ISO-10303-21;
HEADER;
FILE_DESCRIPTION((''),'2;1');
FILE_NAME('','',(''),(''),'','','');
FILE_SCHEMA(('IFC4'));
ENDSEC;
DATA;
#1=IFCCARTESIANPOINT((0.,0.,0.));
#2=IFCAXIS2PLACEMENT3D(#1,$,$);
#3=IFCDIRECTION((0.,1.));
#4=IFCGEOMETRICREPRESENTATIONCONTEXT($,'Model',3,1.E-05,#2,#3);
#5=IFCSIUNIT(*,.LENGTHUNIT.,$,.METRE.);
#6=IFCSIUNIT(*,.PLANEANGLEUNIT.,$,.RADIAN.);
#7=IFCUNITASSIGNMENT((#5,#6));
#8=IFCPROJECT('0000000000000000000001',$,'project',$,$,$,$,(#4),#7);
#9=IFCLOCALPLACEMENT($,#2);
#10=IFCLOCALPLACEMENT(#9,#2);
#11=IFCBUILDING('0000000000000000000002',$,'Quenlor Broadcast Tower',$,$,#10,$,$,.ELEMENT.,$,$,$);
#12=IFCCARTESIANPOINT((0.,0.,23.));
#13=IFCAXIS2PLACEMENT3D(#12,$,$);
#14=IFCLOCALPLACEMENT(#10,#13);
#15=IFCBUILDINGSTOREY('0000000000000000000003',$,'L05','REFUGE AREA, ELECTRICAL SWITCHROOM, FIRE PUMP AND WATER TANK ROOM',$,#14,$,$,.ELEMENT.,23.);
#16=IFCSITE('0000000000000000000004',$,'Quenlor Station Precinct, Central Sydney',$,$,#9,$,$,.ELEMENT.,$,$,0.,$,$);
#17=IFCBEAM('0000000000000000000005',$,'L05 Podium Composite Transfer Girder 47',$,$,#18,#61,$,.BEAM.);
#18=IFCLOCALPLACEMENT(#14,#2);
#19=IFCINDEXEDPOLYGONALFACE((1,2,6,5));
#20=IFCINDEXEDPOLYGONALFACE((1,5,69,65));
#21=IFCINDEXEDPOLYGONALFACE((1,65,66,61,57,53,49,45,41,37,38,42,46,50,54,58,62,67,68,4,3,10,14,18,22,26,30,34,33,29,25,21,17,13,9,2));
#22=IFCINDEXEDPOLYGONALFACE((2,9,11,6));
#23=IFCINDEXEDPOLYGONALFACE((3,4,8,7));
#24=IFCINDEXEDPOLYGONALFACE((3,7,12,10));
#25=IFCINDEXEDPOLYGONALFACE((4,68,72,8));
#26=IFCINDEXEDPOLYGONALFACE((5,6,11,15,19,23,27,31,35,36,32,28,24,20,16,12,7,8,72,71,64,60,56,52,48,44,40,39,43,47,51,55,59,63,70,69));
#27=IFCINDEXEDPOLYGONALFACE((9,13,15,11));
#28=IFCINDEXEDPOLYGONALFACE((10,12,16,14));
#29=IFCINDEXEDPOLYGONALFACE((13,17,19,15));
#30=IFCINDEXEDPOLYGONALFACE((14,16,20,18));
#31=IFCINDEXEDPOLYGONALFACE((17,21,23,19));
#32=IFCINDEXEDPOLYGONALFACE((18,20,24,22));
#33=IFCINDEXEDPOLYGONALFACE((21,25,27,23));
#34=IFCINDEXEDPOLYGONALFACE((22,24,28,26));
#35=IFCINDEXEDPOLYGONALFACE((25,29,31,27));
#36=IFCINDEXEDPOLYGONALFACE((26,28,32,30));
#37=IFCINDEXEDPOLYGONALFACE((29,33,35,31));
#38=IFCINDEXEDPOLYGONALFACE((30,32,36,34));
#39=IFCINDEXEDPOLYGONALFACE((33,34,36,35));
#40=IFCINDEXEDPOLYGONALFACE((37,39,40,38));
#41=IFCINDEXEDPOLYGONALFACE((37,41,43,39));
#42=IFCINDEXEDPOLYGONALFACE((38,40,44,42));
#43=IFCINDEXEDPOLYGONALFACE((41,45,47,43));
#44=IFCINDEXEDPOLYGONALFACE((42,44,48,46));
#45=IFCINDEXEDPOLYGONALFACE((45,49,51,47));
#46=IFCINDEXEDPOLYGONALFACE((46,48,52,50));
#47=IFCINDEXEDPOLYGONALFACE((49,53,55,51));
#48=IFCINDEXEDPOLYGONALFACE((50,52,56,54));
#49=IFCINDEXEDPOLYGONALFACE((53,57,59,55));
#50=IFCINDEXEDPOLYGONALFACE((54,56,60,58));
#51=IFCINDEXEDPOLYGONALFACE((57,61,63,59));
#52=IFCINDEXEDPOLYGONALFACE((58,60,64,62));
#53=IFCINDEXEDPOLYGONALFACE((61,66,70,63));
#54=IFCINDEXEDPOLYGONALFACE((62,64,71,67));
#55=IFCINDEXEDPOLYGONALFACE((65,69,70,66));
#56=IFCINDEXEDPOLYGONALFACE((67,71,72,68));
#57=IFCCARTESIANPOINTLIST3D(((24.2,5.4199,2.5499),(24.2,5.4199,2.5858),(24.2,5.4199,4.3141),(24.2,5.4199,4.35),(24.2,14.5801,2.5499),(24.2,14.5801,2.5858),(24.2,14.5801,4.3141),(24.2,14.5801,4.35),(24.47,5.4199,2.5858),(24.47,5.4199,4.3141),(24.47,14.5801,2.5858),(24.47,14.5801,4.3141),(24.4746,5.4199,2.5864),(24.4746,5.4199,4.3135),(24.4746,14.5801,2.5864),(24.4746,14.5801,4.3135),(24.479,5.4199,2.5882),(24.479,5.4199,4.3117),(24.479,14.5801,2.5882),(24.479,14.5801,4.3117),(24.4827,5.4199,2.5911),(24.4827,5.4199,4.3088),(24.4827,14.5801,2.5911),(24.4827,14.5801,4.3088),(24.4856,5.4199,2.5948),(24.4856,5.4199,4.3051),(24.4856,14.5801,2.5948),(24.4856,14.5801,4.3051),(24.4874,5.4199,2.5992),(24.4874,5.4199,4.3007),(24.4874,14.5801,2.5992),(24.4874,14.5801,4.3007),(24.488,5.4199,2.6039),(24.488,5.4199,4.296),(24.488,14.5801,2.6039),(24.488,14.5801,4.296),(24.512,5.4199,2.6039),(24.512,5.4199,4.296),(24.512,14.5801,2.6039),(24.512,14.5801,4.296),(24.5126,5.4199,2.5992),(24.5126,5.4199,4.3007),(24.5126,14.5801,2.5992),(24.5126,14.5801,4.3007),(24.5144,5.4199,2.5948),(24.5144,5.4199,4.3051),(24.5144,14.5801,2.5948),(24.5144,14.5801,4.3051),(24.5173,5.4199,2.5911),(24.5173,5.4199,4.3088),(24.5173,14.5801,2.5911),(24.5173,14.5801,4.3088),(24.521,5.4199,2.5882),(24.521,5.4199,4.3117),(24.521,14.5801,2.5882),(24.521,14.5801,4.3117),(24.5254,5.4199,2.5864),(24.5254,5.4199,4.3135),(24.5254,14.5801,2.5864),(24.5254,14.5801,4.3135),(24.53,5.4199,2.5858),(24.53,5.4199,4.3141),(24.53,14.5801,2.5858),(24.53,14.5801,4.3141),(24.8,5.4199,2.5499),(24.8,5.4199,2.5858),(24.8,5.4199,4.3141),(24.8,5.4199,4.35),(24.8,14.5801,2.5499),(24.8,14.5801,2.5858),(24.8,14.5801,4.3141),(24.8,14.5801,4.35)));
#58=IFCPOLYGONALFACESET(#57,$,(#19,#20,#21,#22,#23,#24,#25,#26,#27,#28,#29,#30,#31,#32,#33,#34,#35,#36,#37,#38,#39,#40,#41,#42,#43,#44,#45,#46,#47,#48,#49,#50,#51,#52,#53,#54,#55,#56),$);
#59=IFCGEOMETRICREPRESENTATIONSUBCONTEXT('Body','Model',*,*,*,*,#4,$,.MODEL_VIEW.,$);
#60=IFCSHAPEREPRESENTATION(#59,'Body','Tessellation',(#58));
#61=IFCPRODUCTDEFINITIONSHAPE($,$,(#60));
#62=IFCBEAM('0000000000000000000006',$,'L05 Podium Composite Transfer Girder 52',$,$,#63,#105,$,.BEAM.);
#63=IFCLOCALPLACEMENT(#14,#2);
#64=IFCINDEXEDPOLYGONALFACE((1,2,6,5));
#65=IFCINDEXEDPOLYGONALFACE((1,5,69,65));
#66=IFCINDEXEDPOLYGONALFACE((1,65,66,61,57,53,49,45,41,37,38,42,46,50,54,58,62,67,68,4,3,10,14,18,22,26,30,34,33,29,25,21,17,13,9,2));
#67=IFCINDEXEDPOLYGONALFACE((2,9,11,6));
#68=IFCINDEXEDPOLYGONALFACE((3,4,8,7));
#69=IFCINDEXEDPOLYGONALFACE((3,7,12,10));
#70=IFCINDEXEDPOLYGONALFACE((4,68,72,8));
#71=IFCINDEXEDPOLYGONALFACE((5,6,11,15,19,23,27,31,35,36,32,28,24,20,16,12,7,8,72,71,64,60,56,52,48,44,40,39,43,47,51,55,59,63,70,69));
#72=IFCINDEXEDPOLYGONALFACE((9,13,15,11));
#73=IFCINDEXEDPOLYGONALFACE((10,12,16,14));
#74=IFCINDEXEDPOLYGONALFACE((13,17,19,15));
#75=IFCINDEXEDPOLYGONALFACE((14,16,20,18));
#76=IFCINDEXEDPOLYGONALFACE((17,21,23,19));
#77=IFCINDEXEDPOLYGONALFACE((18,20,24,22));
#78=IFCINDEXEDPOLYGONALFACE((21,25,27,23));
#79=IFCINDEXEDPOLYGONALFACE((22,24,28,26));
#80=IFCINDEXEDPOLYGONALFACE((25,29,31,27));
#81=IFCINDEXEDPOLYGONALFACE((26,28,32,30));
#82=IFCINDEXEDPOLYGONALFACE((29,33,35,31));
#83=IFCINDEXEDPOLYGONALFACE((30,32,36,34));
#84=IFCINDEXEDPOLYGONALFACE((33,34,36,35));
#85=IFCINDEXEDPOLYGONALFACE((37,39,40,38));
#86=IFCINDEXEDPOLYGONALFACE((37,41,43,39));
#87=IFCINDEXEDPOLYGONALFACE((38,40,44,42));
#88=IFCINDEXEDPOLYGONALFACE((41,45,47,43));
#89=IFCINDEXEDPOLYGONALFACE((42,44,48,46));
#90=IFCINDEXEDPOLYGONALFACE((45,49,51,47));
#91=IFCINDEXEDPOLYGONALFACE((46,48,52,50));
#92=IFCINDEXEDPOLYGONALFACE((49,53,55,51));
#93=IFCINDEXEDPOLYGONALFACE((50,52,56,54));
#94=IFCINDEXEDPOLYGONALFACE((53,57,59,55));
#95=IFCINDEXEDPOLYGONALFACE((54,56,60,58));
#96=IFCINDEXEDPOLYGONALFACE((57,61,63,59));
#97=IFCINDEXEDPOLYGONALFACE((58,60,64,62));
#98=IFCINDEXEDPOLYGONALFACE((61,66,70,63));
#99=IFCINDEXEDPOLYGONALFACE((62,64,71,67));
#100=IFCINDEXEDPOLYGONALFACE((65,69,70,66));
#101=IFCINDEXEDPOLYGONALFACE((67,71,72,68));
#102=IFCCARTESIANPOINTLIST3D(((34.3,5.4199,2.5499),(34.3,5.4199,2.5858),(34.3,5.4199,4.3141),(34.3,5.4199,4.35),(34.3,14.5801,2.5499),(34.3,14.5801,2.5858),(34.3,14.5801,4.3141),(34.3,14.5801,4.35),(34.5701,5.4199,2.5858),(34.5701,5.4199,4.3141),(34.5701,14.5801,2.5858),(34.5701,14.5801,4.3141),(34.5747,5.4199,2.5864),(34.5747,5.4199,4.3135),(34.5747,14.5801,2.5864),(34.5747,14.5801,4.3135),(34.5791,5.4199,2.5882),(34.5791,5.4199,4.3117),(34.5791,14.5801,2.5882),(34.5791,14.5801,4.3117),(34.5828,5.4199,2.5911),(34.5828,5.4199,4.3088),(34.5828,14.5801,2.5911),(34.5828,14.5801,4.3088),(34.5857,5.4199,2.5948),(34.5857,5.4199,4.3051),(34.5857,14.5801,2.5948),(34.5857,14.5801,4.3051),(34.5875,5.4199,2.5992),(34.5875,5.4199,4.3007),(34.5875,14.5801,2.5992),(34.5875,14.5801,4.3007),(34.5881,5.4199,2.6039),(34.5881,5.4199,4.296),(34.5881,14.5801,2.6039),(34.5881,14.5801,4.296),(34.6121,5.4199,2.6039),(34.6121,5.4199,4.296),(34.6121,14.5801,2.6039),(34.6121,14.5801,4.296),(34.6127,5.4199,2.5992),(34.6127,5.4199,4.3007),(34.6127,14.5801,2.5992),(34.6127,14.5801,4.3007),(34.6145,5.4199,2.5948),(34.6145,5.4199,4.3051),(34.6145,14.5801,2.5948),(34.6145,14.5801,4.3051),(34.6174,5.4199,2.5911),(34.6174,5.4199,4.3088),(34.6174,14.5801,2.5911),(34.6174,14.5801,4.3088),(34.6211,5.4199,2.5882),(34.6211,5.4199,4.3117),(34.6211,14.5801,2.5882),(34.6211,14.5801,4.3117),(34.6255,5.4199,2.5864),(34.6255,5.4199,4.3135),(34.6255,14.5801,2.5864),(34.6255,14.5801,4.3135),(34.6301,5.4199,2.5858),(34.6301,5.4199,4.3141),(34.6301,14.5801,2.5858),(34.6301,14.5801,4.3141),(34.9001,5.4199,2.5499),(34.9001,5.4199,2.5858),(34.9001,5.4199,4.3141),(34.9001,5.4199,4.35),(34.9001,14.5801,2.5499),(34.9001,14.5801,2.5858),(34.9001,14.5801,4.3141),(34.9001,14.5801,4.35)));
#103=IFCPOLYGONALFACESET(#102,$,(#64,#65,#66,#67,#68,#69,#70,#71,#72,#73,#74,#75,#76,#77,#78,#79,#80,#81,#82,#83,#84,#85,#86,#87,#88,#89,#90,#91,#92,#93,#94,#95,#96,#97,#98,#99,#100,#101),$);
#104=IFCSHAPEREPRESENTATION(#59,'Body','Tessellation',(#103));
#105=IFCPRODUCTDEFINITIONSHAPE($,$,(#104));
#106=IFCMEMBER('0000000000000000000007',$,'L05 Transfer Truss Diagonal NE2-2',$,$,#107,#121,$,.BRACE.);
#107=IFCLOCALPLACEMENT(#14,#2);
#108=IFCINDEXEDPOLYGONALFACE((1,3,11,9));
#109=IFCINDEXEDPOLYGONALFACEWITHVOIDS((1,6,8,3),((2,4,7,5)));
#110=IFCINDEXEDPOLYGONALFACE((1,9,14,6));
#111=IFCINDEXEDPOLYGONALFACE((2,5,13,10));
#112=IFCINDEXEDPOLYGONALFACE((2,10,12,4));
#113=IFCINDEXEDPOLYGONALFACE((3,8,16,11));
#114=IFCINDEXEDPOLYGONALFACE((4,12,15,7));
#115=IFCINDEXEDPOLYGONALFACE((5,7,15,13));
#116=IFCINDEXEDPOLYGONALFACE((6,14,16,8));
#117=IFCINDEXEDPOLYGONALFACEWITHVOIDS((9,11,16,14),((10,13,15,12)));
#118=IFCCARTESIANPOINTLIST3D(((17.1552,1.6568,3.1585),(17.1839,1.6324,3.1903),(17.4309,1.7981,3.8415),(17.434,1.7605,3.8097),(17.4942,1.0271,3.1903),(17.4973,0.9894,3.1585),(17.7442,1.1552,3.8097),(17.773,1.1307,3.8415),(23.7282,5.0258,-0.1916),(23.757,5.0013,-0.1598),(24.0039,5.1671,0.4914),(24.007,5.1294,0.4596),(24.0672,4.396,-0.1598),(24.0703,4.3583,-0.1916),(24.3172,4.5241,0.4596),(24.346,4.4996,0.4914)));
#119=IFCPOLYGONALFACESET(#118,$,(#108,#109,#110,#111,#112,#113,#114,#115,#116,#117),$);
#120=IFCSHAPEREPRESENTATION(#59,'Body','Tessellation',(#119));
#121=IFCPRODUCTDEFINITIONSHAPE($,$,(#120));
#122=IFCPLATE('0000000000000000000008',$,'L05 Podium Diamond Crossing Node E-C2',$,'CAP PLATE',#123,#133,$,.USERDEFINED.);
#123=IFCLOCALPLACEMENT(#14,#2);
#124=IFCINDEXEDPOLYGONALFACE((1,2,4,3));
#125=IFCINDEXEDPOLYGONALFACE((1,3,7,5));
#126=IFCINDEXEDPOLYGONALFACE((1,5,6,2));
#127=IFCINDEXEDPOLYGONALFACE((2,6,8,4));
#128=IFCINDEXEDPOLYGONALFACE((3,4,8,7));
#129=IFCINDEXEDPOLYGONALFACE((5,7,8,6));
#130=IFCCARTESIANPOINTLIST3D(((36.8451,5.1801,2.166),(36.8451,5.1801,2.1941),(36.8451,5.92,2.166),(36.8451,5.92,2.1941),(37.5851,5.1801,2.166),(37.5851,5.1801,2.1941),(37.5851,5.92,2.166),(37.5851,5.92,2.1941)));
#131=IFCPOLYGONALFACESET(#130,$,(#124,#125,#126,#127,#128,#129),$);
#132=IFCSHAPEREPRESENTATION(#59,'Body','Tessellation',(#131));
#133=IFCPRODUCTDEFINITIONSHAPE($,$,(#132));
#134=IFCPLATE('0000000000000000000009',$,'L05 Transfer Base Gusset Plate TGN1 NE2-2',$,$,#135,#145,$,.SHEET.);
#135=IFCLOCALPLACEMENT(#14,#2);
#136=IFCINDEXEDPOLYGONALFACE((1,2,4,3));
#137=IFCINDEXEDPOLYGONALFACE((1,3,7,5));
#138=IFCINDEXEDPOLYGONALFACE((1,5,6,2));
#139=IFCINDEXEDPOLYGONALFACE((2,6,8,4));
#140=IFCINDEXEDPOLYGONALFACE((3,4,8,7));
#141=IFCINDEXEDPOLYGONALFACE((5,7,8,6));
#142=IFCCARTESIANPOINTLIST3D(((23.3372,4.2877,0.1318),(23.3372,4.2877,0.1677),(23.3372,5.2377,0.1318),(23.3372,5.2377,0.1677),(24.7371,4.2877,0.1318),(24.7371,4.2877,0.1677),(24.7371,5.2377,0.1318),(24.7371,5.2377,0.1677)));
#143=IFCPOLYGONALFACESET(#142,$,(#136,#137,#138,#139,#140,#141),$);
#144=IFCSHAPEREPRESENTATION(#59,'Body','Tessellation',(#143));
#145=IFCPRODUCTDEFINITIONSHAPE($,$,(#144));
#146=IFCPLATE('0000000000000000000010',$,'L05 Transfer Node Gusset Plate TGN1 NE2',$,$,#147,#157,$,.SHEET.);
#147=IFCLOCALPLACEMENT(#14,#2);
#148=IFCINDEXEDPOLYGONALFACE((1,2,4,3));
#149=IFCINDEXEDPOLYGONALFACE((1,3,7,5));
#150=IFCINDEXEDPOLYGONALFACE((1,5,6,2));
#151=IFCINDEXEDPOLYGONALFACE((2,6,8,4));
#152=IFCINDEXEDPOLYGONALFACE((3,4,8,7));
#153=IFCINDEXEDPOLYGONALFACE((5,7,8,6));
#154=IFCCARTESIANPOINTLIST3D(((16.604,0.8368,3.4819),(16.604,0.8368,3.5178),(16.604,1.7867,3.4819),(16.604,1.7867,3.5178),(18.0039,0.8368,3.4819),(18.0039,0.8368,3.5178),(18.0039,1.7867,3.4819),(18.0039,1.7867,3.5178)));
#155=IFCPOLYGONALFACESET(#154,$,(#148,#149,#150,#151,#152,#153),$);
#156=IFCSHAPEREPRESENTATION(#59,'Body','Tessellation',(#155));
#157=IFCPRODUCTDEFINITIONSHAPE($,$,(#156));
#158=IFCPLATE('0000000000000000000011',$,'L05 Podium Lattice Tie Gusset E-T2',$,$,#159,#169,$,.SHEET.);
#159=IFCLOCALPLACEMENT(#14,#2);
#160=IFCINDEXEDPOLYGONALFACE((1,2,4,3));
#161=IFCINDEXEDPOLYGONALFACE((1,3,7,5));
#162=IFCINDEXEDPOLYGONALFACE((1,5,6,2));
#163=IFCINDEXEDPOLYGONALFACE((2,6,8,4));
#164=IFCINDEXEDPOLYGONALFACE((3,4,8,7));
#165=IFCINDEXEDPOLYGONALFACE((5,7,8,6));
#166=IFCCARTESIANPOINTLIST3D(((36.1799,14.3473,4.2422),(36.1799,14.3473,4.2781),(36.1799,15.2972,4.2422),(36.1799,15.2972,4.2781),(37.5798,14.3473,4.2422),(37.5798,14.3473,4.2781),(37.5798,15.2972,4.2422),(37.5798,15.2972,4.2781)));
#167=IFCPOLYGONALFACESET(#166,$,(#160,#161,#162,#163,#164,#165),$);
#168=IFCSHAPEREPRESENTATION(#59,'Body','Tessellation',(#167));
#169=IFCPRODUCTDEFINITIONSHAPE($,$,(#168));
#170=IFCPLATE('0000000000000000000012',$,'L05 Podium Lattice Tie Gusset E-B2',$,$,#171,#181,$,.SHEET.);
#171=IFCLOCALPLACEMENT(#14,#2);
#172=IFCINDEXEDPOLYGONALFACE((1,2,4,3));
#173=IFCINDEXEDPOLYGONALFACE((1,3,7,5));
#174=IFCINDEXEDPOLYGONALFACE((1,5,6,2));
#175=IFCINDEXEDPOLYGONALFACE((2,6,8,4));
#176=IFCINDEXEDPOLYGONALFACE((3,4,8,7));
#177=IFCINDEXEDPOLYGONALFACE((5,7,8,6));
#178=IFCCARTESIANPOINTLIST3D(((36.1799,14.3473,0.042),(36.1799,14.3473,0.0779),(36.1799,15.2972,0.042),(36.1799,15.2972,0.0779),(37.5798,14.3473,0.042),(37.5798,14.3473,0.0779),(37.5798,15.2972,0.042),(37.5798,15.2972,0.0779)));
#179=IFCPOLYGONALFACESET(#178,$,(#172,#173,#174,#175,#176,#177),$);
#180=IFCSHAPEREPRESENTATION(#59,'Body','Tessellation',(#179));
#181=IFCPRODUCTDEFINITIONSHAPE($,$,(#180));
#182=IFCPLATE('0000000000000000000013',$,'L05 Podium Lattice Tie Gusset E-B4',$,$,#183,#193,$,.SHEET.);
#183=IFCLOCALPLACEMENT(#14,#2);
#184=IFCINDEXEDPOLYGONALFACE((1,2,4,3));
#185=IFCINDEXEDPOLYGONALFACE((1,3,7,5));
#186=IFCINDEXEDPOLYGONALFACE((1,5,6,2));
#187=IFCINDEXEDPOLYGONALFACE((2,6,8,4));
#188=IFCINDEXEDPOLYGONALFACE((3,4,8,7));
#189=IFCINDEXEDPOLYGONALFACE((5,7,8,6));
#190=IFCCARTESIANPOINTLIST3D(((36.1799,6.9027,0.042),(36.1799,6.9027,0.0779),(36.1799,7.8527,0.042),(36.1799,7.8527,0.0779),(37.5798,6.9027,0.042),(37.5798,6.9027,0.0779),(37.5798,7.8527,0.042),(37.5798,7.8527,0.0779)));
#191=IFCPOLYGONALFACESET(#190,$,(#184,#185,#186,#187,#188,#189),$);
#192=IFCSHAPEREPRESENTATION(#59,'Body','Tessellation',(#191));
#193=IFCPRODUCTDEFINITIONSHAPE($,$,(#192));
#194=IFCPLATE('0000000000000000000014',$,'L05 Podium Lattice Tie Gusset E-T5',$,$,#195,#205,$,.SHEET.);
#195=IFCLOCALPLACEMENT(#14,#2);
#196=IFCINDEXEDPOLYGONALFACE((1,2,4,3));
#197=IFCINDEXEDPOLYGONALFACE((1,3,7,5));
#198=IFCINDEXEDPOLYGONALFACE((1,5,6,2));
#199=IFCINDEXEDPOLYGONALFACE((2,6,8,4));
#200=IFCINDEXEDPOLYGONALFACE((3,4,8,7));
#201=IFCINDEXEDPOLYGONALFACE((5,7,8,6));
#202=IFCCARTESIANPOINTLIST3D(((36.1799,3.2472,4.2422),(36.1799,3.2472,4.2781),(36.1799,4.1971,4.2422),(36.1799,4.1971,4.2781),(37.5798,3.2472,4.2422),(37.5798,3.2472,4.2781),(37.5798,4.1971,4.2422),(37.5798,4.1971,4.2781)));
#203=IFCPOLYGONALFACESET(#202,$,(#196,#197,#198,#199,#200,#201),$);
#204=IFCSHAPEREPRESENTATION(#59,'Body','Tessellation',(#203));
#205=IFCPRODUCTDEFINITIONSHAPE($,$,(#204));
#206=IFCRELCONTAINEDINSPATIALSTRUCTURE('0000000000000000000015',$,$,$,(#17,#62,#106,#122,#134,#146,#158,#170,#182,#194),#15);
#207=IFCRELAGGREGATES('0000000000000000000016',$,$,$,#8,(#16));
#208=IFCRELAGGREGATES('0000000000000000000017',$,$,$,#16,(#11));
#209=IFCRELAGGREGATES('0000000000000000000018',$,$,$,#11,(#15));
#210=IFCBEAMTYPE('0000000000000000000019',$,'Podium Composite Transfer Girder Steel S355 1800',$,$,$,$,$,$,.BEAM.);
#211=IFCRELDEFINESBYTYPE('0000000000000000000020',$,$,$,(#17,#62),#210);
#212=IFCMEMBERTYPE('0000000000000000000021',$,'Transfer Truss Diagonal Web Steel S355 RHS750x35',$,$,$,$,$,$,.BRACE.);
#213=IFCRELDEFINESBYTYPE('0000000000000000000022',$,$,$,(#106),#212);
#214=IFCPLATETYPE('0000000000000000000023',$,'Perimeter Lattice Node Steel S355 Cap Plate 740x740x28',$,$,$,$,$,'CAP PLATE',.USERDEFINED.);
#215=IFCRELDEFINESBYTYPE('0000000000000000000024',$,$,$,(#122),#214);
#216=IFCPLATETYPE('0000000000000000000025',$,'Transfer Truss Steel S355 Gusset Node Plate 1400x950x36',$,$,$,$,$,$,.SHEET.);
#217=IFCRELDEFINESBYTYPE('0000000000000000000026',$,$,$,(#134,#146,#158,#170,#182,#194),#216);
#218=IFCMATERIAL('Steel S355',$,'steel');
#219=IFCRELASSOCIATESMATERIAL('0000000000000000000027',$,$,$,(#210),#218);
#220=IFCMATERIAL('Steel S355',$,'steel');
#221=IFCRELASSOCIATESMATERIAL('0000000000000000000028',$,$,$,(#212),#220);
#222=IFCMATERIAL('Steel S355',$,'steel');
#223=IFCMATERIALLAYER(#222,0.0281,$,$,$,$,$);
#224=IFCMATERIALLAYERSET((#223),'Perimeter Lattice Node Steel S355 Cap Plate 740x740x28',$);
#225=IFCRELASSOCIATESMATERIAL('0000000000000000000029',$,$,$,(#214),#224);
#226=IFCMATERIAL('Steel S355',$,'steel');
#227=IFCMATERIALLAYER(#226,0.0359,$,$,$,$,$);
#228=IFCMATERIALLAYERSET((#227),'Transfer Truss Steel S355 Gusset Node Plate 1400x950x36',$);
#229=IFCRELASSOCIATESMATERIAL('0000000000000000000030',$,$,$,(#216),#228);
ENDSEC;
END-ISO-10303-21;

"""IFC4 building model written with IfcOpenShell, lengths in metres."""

from ifc_helpers import new_model, si_unit, direction, frame, origin, origin_2d, place, context, subcontext, project, spatial, rectangle, hollow_rectangle, i_section, extrude, material, layer, layer_set, material_profile, profile_set, type_object, element, save


model = new_model("IFC4")

# Units and contexts
model_context = context("Model", 3, precision=1e-05, world=origin(), true_north=direction((0.0, 1.0)))
body_context = subcontext(model_context, "Body", "Model", "MODEL_VIEW")
ifc_project = project(units=[si_unit("LENGTHUNIT", "METRE"), si_unit("PLANEANGLEUNIT", "RADIAN")], contexts=[model_context])

# Site, building, storey
site_placement = place(None, origin())
site = spatial("IfcSite", under=ifc_project, at=site_placement, Name="Quenlor Station Precinct, Central Sydney", CompositionType="ELEMENT", RefElevation=0.0)
building_placement = place(site_placement, origin())
building = spatial("IfcBuilding", under=site, at=building_placement, Name="Quenlor Broadcast Tower", CompositionType="ELEMENT")
storey_placement = place(building_placement, frame((0.0, 0.0, 23.0)))
storey = spatial("IfcBuildingStorey", under=building, at=storey_placement, Name="L05", Description="REFUGE AREA, ELECTRICAL SWITCHROOM, FIRE PUMP AND WATER TANK ROOM", CompositionType="ELEMENT", Elevation=23.0)

# Beams
ifc_material_1 = material(Name="Steel S355", Category="steel")
ifc_material_profile_1 = material_profile(ifc_material_1, i_section(OverallWidth=0.6001, OverallDepth=1.8, WebThickness=0.0239, FlangeThickness=0.0359, FilletRadius=0.0181, at=origin_2d()))
ifc_profile_set_1 = profile_set([ifc_material_profile_1], Name="Steel S355 1800TG620")
beam_type = type_object("IfcBeamType", Name="Podium Composite Transfer Girder Steel S355 1800", PredefinedType="BEAM", material=ifc_profile_set_1)
for number, where, z_axis, x_axis, name in (
    (1, (24.5, 5.4199, 3.45), (0.0, 1.0, 0.0), (-1.0, 0.0, 0.0), "L05 Podium Composite Transfer Girder 47"),
    (2, (34.6001, 5.4199, 3.45), (0.0, 1.0, 0.0), (-1.0, 0.0, 0.0), "L05 Podium Composite Transfer Girder 52"),
):
    element("IfcBeam", number, at=place(storey_placement, frame(where, z_axis=z_axis, x_axis=x_axis)), inside=storey, type_object=beam_type, Name=name, PredefinedType="BEAM", context=body_context, shape_type="SweptSolid", body=[
        extrude(i_section(OverallWidth=0.6001, OverallDepth=1.8, WebThickness=0.0239, FlangeThickness=0.0359, FilletRadius=0.0181, at=origin_2d()), origin(), (0.0, 0.0, 1.0), 9.1602),
    ])

# Member
ifc_material_2 = material(Name="Steel S355", Category="steel")
ifc_material_profile_2 = material_profile(ifc_material_2, hollow_rectangle(XDim=0.75, YDim=0.75, WallThickness=0.0349, at=origin_2d()))
ifc_profile_set_2 = profile_set([ifc_material_profile_2], Name="Steel S355 RHS750x750x35")
member_type_1 = type_object("IfcMemberType", Name="Transfer Truss Diagonal Web Steel S355 RHS750x35", PredefinedType="BRACE", material=ifc_profile_set_2)
member_1_placement = place(storey_placement, frame((24.0371, 4.7627, 0.1499), z_axis=(-0.810451, -0.415385, 0.413067), x_axis=(0.456116, -0.88992, 0.0)))
element("IfcMember", 3, at=member_1_placement, inside=storey, type_object=member_type_1, Name="L05 Transfer Truss Diagonal NE2-2", PredefinedType="BRACE", context=body_context, shape_type="SweptSolid", body=[
    extrude(hollow_rectangle(XDim=0.75, YDim=0.75, WallThickness=0.0349, at=origin_2d()), origin(), (0.0, 0.0, 1.0), 8.1104),
])

# Plates
ifc_material_3 = material(Name="Steel S355", Category="steel")
ifc_layer_1 = layer(ifc_material_3, 0.0281)
ifc_layer_set_1 = layer_set([ifc_layer_1], Name="Perimeter Lattice Node Steel S355 Cap Plate 740x740x28")
plate_type_1 = type_object("IfcPlateType", Name="Perimeter Lattice Node Steel S355 Cap Plate 740x740x28", ElementType="CAP PLATE", PredefinedType="USERDEFINED", material=ifc_layer_set_1)
plate_placement = place(storey_placement, frame((37.2151, 5.55, 2.166), z_axis=(0.0, 0.0, 1.0), x_axis=(0.0, -1.0, 0.0)))
element("IfcPlate", 4, at=plate_placement, inside=storey, type_object=plate_type_1, Name="L05 Podium Diamond Crossing Node E-C2", ObjectType="CAP PLATE", PredefinedType="USERDEFINED", context=body_context, shape_type="SweptSolid", body=[
    extrude(rectangle(XDim=0.74, YDim=0.74, at=origin_2d()), origin(), (0.0, 0.0, 1.0), 0.0281),
])
ifc_material_4 = material(Name="Steel S355", Category="steel")
ifc_layer_2 = layer(ifc_material_4, 0.0359)
ifc_layer_set_2 = layer_set([ifc_layer_2], Name="Transfer Truss Steel S355 Gusset Node Plate 1400x950x36")
plate_type_2 = type_object("IfcPlateType", Name="Transfer Truss Steel S355 Gusset Node Plate 1400x950x36", PredefinedType="SHEET", material=ifc_layer_set_2)
for number, where, z_axis, x_axis, name in (
    (5, (24.0371, 4.7627, 0.1318), (0.0, 0.0, 1.0), (1.0, 0.0, 0.0), "L05 Transfer Base Gusset Plate TGN1 NE2-2"),
    (6, (17.304, 1.3118, 3.4819), (0.0, 0.0, 1.0), (1.0, 0.0, 0.0), "L05 Transfer Node Gusset Plate TGN1 NE2"),
    (7, (36.8799, 14.8223, 4.2422), (0.0, 0.0, 1.0), (1.0, 0.0, 0.0), "L05 Podium Lattice Tie Gusset E-T2"),
    (8, (36.8799, 14.8223, 0.042), (0.0, 0.0, 1.0), (1.0, 0.0, 0.0), "L05 Podium Lattice Tie Gusset E-B2"),
    (9, (36.8799, 7.3777, 0.042), (0.0, 0.0, 1.0), (1.0, 0.0, 0.0), "L05 Podium Lattice Tie Gusset E-B4"),
    (10, (36.8799, 3.7222, 4.2422), (0.0, 0.0, 1.0), (1.0, 0.0, 0.0), "L05 Podium Lattice Tie Gusset E-T5"),
):
    element("IfcPlate", number, at=place(storey_placement, frame(where, z_axis=z_axis, x_axis=x_axis)), inside=storey, type_object=plate_type_2, Name=name, PredefinedType="SHEET", context=body_context, shape_type="SweptSolid", body=[
        extrude(rectangle(XDim=1.3999, YDim=0.95, at=origin_2d()), origin(), (0.0, 0.0, 1.0), 0.0359),
    ])

save(model, "model.ifc")
